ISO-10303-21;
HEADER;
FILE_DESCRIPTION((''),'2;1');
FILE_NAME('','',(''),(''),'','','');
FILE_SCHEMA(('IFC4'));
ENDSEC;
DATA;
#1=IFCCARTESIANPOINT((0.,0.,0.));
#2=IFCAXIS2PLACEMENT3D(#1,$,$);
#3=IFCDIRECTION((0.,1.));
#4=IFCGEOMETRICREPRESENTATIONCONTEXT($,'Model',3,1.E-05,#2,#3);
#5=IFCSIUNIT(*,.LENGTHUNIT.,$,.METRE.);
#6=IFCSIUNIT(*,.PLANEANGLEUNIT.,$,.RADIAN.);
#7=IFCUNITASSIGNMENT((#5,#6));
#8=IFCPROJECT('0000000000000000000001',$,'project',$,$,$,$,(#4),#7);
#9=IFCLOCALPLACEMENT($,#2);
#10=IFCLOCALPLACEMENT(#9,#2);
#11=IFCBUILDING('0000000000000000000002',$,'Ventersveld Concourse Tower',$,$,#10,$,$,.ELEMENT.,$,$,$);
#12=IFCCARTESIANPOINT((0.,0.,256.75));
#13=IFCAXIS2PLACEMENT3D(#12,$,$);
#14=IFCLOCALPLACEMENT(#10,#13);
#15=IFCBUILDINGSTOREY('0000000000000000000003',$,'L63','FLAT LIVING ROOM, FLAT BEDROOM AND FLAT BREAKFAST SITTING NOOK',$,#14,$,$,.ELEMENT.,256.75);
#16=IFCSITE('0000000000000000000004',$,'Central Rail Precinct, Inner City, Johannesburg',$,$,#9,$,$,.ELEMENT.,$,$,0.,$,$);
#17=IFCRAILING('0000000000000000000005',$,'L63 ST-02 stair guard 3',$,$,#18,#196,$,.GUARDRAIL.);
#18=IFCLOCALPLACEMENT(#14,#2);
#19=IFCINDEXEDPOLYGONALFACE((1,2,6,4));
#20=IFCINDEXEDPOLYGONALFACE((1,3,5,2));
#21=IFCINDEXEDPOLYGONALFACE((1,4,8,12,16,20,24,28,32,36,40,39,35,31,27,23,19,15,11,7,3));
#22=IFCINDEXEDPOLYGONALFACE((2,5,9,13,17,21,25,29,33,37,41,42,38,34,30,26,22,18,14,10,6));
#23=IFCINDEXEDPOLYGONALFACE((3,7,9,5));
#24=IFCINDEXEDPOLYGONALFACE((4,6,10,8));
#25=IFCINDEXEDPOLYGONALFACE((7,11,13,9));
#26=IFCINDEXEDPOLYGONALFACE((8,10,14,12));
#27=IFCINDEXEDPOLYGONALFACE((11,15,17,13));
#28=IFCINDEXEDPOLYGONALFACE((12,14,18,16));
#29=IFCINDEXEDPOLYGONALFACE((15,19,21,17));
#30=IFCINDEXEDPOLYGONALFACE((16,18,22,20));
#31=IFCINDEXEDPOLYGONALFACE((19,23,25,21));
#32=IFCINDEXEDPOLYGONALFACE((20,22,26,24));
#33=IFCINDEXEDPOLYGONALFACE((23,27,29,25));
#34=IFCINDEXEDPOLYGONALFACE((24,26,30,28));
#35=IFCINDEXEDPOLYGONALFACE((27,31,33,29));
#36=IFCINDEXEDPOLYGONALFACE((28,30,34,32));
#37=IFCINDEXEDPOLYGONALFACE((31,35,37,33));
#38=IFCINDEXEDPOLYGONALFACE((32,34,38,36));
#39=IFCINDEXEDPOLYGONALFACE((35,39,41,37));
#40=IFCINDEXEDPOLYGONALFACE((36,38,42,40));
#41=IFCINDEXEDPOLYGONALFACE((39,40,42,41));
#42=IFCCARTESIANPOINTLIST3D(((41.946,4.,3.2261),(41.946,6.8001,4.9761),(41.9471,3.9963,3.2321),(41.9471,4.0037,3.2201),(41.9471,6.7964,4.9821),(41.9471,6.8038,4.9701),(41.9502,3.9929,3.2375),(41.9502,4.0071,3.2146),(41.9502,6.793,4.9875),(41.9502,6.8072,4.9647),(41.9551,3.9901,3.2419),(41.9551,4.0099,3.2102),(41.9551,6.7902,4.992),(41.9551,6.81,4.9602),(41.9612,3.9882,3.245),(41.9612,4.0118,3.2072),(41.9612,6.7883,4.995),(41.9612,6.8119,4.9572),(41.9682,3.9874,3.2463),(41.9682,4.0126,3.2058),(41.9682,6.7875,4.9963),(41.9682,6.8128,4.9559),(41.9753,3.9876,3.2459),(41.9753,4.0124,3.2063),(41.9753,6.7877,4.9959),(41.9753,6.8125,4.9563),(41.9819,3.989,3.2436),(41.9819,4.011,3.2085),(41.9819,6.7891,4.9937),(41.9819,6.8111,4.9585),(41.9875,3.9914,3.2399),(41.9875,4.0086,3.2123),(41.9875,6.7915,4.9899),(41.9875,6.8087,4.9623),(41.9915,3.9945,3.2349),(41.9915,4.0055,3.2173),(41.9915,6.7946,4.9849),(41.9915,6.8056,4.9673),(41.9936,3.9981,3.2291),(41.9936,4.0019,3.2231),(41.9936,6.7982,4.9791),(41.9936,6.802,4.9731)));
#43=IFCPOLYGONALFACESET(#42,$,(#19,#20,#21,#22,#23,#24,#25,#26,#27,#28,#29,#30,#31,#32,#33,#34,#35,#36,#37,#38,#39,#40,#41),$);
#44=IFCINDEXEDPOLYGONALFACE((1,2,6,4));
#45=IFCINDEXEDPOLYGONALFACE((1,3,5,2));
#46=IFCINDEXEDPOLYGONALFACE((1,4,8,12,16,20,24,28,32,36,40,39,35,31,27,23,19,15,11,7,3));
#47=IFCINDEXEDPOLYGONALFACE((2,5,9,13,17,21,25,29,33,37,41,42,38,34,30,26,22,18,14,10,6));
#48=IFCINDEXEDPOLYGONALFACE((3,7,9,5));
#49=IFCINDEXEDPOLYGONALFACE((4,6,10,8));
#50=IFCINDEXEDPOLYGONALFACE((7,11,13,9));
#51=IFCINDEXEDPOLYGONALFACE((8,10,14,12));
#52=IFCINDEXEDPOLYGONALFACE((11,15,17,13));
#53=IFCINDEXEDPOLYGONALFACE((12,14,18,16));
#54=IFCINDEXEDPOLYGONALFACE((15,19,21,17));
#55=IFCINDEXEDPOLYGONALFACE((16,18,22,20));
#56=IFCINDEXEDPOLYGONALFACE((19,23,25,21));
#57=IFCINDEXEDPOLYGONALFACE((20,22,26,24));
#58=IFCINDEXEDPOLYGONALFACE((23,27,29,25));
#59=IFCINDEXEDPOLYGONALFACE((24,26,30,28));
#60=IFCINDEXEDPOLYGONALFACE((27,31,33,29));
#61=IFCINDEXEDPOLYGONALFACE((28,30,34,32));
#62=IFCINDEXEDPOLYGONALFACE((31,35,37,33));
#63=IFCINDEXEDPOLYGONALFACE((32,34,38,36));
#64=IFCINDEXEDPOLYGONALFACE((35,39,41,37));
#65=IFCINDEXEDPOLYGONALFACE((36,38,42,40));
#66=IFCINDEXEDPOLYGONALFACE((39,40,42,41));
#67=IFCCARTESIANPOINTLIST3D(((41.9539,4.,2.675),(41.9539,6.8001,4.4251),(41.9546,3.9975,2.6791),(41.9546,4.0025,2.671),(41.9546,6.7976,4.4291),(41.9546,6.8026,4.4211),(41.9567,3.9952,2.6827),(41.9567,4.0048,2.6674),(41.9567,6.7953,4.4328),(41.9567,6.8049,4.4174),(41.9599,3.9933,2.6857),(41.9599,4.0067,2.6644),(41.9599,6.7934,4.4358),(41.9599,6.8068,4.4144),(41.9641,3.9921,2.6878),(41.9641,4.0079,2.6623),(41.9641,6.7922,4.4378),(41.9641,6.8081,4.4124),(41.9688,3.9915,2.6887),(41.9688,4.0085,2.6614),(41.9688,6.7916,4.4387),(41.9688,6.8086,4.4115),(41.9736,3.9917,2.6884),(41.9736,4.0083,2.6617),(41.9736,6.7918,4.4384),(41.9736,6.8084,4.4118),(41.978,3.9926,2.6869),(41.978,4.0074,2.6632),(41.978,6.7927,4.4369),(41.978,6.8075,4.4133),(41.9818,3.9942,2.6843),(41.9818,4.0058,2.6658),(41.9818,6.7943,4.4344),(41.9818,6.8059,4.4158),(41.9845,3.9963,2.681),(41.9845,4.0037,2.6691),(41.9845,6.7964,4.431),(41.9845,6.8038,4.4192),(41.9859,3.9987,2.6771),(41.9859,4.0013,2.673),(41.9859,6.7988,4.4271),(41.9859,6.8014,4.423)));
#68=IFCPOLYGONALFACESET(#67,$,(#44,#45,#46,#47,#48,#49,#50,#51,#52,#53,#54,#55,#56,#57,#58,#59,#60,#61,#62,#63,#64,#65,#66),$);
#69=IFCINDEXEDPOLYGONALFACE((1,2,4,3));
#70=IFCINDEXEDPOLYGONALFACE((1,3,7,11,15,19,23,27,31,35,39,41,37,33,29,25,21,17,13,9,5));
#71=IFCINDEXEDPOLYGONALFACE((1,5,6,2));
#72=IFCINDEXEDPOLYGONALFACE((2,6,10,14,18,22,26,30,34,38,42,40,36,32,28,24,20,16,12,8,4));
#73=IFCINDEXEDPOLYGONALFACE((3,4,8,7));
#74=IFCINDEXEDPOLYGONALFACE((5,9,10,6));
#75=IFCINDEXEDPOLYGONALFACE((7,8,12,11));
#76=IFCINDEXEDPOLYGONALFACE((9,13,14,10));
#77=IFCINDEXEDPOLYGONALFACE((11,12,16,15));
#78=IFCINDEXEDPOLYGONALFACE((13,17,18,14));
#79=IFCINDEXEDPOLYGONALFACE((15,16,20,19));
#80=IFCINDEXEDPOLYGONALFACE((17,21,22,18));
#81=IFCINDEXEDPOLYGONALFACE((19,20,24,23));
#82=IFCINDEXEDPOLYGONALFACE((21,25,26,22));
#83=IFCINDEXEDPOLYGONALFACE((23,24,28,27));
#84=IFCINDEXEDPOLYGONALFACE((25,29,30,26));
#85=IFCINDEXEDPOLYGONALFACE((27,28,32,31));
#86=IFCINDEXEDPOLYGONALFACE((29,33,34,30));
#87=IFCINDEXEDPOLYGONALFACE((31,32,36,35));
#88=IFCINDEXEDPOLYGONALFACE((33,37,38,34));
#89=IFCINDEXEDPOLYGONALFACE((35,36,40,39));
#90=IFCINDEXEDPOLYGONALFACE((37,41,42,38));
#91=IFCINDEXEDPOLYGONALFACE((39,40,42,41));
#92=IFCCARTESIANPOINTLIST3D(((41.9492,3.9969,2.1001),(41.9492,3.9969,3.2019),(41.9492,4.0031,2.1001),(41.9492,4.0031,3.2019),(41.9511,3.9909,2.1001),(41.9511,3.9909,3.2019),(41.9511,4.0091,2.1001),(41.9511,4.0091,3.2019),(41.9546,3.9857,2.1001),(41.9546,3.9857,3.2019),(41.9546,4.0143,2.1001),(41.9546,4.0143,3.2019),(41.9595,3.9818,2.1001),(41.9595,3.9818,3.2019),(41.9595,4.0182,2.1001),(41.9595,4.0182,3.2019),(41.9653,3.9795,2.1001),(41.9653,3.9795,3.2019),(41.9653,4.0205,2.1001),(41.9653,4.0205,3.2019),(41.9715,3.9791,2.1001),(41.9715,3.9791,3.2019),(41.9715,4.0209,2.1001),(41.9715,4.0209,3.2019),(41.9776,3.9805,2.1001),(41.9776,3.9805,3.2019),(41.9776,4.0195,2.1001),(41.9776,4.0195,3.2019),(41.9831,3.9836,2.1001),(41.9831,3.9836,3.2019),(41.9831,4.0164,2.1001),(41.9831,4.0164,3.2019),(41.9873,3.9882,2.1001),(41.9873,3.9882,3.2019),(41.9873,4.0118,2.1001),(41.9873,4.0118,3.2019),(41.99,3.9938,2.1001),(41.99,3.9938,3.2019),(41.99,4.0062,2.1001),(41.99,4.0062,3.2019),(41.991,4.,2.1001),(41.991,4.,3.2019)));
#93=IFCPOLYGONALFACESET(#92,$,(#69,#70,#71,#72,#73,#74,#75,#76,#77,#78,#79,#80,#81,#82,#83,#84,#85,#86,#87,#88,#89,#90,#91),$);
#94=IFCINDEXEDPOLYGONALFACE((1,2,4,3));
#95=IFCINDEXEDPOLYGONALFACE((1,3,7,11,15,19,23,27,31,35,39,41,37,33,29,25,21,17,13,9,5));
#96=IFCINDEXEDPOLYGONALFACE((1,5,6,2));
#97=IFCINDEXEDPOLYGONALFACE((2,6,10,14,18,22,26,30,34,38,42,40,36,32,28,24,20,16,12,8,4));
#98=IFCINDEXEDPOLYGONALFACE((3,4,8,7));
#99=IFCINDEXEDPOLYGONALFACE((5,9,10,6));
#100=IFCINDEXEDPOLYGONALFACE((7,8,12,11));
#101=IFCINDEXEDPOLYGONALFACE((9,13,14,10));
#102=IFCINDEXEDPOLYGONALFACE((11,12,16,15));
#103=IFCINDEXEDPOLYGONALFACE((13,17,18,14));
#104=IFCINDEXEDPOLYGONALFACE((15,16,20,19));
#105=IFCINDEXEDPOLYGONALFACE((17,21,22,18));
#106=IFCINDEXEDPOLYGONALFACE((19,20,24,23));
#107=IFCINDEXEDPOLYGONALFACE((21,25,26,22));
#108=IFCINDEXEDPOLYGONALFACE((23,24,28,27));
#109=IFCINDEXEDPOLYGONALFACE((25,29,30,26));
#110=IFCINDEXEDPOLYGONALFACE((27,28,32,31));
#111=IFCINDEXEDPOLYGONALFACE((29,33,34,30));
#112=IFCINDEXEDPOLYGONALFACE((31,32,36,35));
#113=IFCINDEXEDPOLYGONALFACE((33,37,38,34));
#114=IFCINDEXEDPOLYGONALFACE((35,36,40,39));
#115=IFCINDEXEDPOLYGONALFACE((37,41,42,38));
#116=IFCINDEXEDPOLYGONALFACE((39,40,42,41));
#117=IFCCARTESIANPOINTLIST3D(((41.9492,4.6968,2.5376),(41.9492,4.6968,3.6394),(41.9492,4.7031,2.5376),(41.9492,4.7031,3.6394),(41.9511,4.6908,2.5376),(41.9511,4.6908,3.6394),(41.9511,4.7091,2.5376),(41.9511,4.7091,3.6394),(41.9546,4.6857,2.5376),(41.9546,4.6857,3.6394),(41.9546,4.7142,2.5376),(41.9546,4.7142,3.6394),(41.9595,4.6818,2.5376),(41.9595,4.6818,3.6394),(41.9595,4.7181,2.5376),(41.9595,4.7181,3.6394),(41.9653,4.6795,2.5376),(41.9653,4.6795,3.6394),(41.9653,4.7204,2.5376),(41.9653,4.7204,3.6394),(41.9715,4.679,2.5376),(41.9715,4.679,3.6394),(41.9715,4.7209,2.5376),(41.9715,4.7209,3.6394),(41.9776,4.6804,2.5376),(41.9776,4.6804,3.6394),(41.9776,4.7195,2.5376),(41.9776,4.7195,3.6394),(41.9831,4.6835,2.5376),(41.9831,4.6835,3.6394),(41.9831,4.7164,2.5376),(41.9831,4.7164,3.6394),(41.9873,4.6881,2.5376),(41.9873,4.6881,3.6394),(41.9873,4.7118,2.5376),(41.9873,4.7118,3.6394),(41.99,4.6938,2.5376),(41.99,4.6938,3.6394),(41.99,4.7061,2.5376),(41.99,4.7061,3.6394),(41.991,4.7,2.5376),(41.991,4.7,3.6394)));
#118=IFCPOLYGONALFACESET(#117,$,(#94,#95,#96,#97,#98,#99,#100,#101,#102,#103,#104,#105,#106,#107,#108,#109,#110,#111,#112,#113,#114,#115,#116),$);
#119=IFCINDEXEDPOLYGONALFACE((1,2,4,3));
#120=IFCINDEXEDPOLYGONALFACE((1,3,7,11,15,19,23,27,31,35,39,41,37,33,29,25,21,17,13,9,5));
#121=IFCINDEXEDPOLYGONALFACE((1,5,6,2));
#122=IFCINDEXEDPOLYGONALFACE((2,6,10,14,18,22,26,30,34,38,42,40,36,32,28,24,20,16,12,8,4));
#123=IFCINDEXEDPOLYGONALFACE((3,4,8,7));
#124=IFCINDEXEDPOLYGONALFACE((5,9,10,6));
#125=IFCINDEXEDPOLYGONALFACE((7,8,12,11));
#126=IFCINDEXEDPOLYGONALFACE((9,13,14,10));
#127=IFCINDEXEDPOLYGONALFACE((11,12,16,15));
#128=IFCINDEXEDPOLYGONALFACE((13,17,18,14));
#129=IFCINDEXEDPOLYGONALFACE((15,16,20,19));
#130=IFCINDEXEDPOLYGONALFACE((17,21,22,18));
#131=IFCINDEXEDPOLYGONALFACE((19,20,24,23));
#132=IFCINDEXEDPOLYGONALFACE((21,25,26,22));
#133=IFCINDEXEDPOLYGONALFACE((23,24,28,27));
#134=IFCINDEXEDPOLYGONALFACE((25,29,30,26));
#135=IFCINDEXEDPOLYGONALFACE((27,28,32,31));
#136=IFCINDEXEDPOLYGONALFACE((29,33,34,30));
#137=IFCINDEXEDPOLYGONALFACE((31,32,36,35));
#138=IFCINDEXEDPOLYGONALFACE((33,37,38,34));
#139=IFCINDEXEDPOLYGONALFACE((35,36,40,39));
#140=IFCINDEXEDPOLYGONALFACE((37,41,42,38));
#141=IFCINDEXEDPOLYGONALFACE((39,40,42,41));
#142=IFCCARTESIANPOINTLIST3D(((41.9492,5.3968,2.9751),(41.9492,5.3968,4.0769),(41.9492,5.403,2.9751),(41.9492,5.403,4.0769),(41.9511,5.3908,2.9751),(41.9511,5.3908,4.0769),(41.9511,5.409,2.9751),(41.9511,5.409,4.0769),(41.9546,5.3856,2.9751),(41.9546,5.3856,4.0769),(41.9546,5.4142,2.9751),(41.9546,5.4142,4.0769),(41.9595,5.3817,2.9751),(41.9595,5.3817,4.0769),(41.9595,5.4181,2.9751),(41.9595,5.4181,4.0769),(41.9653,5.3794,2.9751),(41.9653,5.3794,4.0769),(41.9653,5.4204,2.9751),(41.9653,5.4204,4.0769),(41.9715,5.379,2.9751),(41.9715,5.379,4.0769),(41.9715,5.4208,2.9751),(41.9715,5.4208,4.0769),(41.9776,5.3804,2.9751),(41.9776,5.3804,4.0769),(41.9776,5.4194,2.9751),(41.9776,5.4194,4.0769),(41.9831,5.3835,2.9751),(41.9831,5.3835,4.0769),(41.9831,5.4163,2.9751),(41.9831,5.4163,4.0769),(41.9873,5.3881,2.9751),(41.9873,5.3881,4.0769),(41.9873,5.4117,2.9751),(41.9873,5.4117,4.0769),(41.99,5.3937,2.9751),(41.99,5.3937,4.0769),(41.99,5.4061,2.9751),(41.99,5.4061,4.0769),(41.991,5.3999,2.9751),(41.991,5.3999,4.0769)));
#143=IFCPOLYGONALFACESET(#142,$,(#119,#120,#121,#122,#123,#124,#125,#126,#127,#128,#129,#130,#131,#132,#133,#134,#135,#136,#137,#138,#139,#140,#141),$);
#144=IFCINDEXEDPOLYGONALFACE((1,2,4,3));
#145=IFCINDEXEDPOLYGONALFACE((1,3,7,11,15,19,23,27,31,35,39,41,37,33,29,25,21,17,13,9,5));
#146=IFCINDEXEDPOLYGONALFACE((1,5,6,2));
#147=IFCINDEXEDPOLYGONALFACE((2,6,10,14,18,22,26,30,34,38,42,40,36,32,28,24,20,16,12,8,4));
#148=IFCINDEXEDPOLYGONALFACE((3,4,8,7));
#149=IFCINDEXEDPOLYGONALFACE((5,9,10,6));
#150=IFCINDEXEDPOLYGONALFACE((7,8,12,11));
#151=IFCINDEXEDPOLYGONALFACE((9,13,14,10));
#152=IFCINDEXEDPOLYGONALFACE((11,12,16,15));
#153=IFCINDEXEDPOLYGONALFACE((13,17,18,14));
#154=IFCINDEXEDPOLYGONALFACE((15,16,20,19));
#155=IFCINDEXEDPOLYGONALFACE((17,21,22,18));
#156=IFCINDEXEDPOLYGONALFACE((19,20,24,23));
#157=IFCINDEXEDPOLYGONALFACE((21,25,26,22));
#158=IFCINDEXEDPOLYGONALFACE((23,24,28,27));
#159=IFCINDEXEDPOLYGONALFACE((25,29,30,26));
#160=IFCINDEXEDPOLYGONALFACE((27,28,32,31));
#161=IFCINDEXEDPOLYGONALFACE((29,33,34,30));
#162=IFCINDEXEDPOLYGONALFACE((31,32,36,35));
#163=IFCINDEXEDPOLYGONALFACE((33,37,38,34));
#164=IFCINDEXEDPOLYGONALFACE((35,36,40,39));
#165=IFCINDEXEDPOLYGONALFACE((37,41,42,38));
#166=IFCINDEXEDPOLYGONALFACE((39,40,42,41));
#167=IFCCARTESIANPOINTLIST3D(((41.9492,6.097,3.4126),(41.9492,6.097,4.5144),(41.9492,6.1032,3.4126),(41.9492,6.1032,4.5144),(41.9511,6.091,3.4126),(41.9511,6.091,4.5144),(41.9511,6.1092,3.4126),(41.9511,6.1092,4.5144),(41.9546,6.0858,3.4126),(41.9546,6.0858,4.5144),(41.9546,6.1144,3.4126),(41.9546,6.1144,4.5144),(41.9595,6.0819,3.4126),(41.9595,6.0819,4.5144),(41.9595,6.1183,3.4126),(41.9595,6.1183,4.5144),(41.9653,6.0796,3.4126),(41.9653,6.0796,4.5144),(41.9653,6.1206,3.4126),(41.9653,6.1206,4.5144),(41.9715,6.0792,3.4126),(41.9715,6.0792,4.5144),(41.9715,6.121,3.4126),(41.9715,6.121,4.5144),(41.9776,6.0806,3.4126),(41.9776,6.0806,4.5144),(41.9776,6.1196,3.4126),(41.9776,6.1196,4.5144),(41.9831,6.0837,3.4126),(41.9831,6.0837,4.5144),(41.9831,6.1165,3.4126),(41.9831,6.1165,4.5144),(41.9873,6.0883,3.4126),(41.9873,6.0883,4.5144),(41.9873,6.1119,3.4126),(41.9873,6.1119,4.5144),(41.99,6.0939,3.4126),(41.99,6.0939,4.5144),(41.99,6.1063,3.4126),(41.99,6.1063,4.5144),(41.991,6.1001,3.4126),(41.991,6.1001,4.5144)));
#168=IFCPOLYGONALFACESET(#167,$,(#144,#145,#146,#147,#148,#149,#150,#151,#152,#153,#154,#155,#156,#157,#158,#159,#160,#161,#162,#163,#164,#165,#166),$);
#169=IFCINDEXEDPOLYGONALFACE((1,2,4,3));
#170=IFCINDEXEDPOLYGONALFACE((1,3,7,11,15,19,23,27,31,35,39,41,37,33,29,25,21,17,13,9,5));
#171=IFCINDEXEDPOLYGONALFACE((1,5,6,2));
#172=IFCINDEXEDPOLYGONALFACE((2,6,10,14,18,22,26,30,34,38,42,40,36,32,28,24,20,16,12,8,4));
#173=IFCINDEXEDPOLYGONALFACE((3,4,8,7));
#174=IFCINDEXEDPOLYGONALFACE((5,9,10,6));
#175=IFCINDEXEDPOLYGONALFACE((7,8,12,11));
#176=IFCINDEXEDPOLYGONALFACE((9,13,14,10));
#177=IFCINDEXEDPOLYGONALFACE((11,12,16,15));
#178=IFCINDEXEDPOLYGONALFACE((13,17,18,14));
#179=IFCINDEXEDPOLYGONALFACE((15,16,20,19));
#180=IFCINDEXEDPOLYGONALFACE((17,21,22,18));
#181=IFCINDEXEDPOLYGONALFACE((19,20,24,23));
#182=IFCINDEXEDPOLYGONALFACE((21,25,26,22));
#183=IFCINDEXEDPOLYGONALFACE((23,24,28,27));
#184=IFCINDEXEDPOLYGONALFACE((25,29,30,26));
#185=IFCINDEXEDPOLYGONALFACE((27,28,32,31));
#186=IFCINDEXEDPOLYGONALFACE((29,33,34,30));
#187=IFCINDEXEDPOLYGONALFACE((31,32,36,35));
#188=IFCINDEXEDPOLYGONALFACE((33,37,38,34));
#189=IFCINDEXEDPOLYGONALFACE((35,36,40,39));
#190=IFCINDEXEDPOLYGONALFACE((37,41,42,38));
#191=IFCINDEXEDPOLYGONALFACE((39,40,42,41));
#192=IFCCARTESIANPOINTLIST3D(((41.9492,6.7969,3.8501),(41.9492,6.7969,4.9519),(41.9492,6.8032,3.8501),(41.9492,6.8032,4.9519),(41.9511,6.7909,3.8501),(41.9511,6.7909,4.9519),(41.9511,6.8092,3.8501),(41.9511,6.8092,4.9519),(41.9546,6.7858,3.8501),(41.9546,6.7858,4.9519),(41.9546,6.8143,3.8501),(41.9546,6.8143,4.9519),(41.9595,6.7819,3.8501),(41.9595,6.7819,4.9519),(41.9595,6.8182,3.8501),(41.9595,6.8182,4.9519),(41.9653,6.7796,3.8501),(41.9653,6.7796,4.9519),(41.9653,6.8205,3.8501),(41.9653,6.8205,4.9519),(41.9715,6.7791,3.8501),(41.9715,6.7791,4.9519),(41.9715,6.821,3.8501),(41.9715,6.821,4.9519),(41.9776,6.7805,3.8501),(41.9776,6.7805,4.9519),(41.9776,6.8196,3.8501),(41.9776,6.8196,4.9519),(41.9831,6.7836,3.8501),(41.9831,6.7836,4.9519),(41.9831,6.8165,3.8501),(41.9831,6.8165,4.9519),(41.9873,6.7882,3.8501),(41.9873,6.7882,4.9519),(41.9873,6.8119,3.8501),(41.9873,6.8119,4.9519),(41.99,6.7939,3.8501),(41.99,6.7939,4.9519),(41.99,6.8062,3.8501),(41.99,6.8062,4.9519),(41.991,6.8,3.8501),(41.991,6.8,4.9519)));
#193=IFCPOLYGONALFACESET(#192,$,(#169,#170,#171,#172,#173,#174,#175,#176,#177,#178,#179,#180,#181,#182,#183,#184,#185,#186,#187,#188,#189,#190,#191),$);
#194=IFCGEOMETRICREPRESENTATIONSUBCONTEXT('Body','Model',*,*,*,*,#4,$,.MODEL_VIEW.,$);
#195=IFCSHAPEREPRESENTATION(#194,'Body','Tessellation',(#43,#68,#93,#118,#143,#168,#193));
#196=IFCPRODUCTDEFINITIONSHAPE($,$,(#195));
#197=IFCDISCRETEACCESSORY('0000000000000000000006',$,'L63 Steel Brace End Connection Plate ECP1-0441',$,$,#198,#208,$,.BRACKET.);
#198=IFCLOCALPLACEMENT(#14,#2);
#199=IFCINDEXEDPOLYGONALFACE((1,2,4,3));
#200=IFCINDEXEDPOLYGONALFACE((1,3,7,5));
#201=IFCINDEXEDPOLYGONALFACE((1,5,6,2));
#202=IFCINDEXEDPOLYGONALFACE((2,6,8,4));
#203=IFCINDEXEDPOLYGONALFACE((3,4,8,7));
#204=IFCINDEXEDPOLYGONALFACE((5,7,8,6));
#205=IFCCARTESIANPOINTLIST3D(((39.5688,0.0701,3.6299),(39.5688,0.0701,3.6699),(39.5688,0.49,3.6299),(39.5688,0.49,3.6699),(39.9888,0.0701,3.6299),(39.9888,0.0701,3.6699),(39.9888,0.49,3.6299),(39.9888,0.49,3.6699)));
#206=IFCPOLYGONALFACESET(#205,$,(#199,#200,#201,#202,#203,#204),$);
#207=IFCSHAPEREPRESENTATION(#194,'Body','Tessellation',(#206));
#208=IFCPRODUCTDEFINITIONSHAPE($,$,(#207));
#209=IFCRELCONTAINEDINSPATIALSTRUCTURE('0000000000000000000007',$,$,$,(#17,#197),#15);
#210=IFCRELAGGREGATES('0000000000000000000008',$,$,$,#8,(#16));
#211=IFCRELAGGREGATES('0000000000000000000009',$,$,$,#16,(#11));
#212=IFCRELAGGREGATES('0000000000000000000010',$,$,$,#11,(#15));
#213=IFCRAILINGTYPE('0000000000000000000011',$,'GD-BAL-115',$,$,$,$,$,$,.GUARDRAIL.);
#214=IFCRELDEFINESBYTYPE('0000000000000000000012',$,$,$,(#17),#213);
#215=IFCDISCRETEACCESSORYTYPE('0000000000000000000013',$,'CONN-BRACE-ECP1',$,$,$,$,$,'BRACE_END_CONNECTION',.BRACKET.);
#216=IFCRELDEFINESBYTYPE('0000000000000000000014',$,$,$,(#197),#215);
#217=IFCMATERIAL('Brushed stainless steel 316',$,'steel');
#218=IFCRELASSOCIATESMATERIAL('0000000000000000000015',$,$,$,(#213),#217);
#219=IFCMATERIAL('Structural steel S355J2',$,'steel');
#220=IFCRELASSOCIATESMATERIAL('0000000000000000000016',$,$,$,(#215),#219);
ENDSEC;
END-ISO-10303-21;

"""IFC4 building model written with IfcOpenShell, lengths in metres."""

from ifc_helpers import new_model, si_unit, direction, frame, origin, origin_2d, place, context, subcontext, project, spatial, rectangle, circle, extrude, material, type_object, element, save


model = new_model("IFC4")

# Units and contexts
model_context = context("Model", 3, precision=1e-05, world=origin(), true_north=direction((0.0, 1.0)))
body_context = subcontext(model_context, "Body", "Model", "MODEL_VIEW")
ifc_project = project(units=[si_unit("LENGTHUNIT", "METRE"), si_unit("PLANEANGLEUNIT", "RADIAN")], contexts=[model_context])

# Site, building, storey
site_placement = place(None, origin())
site = spatial("IfcSite", under=ifc_project, at=site_placement, Name="Central Rail Precinct, Inner City, Johannesburg", CompositionType="ELEMENT", RefElevation=0.0)
building_placement = place(site_placement, origin())
building = spatial("IfcBuilding", under=site, at=building_placement, Name="Ventersveld Concourse Tower", CompositionType="ELEMENT")
storey_placement = place(building_placement, frame((0.0, 0.0, 256.75)))
storey = spatial("IfcBuildingStorey", under=building, at=storey_placement, Name="L63", Description="FLAT LIVING ROOM, FLAT BEDROOM AND FLAT BREAKFAST SITTING NOOK", CompositionType="ELEMENT", Elevation=256.75)

# Shared definitions
ifc_material_1 = material(Name="Structural steel S355J2", Category="steel")

# Railing
ifc_material_2 = material(Name="Brushed stainless steel 316", Category="steel")
railing_type = type_object("IfcRailingType", Name="GD-BAL-115", PredefinedType="GUARDRAIL", material=ifc_material_2)
railing_1_placement = place(storey_placement, frame((41.97, 4.0, 2.1001)))
element("IfcRailing", 1, at=railing_1_placement, inside=storey, type_object=railing_type, Name="L63 ST-02 stair guard 3", PredefinedType="GUARDRAIL", context=body_context, shape_type="SweptSolid", body=[
    extrude(circle(Radius=0.0239, at=origin_2d()), frame((0.0, 0.0, 1.126), z_axis=(0.0, 0.848002, 0.529992), x_axis=(-1.0, 0.0, 0.0)), (0.0, 0.0, 1.0), 3.302),
    extrude(circle(Radius=0.0161, at=origin_2d()), frame((0.0, 0.0, 0.575), z_axis=(0.0, 0.848002, 0.529992), x_axis=(-1.0, 0.0, 0.0)), (0.0, 0.0, 1.0), 3.302),
    extrude(circle(Radius=0.021, at=origin_2d()), origin(), (0.0, 0.0, 1.0), 1.1018),
    extrude(circle(Radius=0.021, at=origin_2d()), frame((0.0, 0.7, 0.4375)), (0.0, 0.0, 1.0), 1.1018),
    extrude(circle(Radius=0.021, at=origin_2d()), frame((0.0, 1.3999, 0.875)), (0.0, 0.0, 1.0), 1.1018),
    extrude(circle(Radius=0.021, at=origin_2d()), frame((0.0, 2.1001, 1.3125)), (0.0, 0.0, 1.0), 1.1018),
    extrude(circle(Radius=0.021, at=origin_2d()), frame((0.0, 2.8, 1.75)), (0.0, 0.0, 1.0), 1.1018),
])

# Discrete accessory
discrete_accessory_type = type_object("IfcDiscreteAccessoryType", Name="CONN-BRACE-ECP1", ElementType="BRACE_END_CONNECTION", PredefinedType="BRACKET", material=ifc_material_1)
discrete_accessory_placement = place(storey_placement, frame((39.7788, 0.28, 3.6299), z_axis=(0.0, 0.0, 1.0), x_axis=(1.0, 0.0, 0.0)))
element("IfcDiscreteAccessory", 2, at=discrete_accessory_placement, inside=storey, type_object=discrete_accessory_type, Name="L63 Steel Brace End Connection Plate ECP1-0441", PredefinedType="BRACKET", context=body_context, shape_type="SweptSolid", body=[
    extrude(rectangle(XDim=0.4199, YDim=0.4199, at=origin_2d()), origin(), (0.0, 0.0, 1.0), 0.04),
])

save(model, "model.ifc")
